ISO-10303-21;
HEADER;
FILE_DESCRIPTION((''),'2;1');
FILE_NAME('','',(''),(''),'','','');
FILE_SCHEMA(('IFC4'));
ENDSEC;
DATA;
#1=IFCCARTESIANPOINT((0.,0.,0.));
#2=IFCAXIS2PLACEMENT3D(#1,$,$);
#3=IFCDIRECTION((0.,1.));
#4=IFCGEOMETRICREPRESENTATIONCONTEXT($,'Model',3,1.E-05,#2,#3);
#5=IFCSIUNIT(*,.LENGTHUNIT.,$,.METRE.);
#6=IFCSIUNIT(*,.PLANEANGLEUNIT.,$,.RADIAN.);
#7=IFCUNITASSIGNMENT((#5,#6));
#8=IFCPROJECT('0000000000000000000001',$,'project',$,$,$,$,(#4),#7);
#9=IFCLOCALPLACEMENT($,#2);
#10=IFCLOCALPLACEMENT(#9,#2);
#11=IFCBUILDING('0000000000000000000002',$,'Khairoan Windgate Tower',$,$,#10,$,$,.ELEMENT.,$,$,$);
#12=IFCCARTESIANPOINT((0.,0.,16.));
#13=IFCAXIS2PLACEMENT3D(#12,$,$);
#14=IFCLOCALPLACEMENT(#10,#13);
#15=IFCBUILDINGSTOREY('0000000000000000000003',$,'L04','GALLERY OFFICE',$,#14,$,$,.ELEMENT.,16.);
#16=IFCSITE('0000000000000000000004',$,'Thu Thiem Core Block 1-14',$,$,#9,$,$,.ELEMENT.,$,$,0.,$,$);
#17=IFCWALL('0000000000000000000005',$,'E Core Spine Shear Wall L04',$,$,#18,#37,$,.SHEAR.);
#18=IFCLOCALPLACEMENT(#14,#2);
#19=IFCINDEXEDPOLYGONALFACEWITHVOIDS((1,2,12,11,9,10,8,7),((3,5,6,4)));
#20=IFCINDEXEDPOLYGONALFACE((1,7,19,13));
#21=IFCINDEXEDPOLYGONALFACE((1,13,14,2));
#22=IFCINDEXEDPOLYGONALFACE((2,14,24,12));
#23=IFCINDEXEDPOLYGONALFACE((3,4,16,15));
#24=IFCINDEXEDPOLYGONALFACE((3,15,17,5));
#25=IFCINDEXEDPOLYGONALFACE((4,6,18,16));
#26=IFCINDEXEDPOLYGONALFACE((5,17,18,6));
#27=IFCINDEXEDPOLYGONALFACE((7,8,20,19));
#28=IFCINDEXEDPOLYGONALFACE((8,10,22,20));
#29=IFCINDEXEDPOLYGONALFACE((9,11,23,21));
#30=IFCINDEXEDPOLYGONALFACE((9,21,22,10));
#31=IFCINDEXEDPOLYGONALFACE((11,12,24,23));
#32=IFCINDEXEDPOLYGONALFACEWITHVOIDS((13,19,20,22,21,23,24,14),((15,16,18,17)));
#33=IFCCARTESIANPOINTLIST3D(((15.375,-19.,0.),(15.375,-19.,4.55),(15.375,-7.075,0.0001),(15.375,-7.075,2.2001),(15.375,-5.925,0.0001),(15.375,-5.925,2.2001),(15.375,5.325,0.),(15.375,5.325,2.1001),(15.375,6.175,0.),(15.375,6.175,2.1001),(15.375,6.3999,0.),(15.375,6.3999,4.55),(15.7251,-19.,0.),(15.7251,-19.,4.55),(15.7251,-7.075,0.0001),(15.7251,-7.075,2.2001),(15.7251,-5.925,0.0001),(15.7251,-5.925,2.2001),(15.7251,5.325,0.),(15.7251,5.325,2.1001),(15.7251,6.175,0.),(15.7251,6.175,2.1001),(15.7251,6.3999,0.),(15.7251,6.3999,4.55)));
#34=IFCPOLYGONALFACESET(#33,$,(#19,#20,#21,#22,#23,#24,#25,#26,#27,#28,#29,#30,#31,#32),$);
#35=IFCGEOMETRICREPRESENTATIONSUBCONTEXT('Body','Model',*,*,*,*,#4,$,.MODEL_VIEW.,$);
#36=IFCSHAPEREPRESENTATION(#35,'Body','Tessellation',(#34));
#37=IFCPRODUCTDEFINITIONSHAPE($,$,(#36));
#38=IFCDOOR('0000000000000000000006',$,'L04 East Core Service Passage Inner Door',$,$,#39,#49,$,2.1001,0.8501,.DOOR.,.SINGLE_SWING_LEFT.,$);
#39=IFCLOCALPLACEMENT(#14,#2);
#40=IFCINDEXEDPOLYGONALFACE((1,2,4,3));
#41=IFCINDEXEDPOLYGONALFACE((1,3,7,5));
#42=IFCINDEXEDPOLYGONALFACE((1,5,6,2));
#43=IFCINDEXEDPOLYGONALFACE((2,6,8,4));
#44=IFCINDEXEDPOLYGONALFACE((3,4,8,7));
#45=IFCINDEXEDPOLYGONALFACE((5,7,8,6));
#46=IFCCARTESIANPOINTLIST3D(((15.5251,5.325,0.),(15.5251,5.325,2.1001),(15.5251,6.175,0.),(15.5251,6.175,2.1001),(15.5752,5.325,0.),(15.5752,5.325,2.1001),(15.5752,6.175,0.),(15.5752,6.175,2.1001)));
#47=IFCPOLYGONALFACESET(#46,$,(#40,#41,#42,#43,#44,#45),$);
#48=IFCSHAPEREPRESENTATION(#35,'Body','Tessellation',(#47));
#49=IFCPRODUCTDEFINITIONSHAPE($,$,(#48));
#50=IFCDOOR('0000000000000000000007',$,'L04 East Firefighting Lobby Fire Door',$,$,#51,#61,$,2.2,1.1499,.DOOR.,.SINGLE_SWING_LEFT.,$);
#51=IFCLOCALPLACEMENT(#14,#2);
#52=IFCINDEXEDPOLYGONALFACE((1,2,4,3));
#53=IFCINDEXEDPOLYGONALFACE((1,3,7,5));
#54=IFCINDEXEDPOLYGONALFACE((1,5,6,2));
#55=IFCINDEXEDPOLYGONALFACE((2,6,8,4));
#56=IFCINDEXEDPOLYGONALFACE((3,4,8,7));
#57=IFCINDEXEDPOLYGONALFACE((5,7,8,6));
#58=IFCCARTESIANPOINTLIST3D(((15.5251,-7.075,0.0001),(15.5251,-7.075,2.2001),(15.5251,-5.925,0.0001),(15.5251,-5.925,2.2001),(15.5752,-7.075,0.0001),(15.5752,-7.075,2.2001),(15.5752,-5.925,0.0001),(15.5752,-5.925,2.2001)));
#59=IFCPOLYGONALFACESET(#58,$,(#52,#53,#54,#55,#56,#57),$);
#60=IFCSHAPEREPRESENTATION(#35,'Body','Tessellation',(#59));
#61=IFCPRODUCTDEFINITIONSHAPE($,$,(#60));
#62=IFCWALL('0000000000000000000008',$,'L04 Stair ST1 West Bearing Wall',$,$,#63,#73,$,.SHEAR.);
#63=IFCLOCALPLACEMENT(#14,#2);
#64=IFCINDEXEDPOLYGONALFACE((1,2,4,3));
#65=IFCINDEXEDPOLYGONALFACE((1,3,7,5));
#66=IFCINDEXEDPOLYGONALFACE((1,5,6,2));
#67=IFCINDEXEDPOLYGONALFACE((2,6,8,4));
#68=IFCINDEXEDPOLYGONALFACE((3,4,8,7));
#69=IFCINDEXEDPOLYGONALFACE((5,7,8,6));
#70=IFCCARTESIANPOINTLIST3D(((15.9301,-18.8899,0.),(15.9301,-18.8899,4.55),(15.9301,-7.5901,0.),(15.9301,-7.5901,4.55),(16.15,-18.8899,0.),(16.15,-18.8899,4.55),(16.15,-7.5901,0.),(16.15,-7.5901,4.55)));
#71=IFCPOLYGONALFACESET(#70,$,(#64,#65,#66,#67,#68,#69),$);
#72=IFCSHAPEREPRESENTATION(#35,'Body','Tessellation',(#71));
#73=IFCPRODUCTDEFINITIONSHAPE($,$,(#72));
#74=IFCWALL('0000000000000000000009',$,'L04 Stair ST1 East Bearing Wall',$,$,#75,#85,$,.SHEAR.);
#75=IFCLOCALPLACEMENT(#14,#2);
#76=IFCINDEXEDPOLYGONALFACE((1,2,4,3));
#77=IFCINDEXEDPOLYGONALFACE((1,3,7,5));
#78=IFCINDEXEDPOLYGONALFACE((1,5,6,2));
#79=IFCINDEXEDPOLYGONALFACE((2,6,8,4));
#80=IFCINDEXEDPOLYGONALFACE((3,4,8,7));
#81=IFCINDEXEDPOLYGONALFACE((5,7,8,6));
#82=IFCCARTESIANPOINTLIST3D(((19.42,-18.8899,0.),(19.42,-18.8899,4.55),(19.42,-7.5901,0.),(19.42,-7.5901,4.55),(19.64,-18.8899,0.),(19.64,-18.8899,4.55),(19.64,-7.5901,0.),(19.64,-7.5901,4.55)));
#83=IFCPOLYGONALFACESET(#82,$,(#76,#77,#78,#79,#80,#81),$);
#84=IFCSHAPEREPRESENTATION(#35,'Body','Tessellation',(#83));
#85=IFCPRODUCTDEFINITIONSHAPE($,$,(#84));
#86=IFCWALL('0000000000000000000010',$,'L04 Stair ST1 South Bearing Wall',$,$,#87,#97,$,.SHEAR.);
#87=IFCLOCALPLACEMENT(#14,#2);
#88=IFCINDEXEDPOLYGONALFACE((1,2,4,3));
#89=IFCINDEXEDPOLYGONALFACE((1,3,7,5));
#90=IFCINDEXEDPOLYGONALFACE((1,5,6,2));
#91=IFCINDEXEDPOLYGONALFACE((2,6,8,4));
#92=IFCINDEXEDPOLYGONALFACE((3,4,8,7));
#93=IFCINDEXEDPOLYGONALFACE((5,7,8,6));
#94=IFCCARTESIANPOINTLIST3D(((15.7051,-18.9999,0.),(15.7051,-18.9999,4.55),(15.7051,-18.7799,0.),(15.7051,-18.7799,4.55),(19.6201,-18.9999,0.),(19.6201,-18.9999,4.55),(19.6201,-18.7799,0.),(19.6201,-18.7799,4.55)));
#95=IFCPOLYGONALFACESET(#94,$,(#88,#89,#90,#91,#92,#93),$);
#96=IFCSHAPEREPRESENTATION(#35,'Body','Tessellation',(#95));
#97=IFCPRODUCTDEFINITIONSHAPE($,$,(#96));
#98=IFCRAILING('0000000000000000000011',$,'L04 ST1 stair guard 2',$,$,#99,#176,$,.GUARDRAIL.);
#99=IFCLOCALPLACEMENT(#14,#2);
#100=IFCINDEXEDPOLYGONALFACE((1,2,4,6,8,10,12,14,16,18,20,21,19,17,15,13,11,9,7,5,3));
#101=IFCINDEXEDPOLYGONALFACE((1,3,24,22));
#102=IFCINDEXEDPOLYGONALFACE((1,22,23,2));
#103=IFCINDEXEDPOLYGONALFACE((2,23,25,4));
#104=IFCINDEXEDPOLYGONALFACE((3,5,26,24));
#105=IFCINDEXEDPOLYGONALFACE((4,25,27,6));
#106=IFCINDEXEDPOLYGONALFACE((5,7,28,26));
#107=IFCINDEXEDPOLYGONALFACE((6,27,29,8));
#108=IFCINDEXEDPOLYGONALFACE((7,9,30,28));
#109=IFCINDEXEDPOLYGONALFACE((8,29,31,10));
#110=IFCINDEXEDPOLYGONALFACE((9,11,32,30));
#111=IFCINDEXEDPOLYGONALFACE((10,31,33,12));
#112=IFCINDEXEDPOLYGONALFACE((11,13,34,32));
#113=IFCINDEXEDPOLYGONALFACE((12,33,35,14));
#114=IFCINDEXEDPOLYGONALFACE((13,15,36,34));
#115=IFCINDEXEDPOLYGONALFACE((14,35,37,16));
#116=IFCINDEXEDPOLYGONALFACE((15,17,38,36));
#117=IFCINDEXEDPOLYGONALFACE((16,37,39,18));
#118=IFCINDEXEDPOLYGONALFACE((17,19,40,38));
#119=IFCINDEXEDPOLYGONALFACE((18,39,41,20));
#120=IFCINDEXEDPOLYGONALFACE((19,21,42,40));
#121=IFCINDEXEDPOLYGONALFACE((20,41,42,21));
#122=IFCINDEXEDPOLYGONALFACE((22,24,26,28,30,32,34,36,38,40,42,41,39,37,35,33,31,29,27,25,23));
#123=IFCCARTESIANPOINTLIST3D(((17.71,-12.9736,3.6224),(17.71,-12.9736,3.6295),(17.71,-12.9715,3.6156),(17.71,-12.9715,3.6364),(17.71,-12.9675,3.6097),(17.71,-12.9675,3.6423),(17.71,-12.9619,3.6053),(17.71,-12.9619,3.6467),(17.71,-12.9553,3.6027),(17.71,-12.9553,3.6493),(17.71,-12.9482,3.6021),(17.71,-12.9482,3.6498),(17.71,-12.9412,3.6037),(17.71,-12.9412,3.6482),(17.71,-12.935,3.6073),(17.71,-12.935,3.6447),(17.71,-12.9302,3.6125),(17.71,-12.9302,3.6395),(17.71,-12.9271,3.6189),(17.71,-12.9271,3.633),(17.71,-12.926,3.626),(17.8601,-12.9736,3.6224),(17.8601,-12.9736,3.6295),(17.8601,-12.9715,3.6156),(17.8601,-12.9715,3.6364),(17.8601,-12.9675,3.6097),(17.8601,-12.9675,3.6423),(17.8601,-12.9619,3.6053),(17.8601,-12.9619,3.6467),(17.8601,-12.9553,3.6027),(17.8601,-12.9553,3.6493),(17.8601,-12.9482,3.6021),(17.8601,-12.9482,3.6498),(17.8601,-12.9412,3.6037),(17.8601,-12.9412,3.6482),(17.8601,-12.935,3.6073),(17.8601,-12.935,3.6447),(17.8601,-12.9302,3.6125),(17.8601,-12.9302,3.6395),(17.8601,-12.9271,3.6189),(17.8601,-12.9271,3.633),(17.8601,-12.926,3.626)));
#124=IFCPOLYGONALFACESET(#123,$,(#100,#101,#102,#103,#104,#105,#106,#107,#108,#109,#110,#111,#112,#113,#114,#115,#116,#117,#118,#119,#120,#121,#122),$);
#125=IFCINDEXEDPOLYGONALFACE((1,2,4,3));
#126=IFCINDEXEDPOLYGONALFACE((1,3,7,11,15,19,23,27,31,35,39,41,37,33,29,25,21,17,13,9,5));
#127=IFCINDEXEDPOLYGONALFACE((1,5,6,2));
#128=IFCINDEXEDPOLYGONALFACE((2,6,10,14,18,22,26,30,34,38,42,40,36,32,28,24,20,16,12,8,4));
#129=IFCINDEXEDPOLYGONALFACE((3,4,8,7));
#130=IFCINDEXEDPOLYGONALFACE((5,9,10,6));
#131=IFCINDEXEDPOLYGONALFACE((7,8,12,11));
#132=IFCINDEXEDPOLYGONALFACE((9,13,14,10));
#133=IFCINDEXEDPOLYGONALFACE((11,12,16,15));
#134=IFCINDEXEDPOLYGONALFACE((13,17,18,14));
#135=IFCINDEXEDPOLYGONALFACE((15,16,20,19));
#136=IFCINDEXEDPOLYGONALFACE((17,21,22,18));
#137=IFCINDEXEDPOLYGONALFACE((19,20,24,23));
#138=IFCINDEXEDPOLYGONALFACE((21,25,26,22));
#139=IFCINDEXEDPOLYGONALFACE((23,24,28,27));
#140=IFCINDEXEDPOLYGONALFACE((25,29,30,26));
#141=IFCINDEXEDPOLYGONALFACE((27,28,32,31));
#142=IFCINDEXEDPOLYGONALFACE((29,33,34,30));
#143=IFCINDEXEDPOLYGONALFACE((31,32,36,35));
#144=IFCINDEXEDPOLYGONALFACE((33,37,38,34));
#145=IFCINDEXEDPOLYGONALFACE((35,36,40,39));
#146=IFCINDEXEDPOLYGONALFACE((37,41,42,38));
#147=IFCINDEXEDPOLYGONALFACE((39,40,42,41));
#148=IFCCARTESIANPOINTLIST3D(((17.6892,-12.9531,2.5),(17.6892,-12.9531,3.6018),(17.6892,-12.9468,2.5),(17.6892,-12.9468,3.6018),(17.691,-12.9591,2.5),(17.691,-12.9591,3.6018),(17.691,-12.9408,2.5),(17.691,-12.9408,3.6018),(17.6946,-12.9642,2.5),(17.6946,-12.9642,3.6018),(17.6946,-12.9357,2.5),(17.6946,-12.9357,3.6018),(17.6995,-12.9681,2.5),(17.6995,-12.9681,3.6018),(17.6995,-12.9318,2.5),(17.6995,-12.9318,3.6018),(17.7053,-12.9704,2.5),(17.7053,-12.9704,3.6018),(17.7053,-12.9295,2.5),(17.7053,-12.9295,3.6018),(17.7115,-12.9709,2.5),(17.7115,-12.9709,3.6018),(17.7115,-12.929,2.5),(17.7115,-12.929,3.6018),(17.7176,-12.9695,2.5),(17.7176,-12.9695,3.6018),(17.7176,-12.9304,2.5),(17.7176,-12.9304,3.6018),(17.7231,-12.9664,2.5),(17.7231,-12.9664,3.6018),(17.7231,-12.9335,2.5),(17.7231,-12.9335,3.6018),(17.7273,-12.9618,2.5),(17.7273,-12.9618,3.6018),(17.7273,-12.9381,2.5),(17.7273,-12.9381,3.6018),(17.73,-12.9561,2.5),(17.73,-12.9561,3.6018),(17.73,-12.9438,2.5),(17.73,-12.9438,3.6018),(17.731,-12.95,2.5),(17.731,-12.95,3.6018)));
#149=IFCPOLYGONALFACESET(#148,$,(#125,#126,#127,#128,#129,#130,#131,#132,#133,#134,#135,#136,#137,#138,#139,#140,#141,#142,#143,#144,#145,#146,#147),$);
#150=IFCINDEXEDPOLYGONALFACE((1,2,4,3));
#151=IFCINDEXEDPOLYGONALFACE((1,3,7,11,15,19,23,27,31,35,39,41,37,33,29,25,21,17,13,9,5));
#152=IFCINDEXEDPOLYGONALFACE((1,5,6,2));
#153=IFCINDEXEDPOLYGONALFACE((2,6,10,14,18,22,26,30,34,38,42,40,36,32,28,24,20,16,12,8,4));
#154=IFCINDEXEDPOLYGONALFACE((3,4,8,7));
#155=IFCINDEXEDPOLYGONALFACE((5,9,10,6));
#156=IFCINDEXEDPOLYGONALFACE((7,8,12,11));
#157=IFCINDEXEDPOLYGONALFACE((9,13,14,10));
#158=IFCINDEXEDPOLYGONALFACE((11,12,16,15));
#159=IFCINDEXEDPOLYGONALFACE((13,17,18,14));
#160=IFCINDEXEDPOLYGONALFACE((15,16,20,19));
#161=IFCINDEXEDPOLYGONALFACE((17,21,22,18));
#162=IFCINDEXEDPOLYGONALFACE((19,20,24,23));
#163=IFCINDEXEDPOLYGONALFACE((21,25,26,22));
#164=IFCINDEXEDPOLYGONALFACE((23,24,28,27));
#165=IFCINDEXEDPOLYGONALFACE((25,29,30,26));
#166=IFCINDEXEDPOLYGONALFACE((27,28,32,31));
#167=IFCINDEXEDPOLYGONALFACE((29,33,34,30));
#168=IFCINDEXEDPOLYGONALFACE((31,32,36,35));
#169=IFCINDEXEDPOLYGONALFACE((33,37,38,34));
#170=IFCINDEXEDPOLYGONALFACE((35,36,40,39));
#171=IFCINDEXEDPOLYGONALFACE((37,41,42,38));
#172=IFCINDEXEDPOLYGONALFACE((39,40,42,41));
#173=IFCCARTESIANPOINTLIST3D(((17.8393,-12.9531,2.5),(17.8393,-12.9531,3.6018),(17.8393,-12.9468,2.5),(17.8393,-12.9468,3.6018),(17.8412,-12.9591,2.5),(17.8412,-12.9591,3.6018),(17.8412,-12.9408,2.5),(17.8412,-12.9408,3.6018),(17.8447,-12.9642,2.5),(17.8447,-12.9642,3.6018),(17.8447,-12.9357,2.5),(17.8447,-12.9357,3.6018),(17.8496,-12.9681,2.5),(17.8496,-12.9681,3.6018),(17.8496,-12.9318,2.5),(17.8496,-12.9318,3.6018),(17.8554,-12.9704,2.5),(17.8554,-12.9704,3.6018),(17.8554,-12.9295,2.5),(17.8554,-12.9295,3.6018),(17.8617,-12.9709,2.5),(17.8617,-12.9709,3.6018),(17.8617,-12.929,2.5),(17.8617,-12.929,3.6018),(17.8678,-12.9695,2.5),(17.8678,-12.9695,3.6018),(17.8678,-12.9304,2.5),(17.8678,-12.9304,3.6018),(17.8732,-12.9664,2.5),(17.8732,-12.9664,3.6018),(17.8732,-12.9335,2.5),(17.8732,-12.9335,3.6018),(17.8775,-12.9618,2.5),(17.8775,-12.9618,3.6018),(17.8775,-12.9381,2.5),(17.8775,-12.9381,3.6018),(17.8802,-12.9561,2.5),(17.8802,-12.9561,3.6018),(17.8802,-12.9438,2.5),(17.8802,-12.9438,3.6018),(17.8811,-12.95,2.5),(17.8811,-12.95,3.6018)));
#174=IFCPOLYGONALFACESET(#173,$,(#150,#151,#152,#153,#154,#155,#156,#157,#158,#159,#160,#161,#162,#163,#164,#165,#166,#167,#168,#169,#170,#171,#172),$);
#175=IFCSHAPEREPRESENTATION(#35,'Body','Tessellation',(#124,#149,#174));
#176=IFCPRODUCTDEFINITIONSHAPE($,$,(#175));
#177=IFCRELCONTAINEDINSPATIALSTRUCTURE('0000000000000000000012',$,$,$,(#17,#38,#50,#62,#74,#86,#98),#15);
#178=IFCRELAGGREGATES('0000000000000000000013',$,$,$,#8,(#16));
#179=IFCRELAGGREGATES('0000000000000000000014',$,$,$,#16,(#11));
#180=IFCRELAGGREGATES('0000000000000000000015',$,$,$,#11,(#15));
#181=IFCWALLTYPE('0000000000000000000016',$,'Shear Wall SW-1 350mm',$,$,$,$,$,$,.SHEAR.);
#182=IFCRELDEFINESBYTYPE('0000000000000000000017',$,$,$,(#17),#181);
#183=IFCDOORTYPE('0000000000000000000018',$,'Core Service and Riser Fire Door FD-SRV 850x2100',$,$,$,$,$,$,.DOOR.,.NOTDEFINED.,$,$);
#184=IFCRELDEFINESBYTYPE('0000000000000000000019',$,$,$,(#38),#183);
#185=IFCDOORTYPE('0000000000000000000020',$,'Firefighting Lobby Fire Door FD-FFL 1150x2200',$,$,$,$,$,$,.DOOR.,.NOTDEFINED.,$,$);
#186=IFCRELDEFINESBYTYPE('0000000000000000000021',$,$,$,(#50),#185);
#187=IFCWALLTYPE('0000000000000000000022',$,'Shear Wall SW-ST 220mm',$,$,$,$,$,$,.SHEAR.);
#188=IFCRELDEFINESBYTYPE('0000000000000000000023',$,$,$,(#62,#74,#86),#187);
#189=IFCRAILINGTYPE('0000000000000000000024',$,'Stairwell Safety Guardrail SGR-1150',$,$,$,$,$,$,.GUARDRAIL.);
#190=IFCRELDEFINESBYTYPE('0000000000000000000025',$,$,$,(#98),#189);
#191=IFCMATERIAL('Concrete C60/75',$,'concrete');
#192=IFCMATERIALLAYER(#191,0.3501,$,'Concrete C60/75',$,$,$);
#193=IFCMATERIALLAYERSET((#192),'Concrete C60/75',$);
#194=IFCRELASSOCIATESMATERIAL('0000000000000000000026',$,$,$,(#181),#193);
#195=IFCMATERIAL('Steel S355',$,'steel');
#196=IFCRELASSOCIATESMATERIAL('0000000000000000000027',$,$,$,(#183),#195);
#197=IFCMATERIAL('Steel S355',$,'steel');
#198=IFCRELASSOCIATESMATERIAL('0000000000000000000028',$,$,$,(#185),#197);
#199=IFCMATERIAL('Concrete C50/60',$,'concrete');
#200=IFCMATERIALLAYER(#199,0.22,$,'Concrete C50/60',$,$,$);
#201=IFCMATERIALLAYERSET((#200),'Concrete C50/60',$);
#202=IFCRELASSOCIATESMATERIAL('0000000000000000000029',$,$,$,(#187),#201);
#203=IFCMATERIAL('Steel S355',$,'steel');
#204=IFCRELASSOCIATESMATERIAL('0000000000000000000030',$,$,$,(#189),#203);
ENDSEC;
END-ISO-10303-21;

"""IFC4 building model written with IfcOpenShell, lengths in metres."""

from ifc_helpers import new_model, si_unit, direction, frame, frame_2d, origin, origin_2d, place, context, subcontext, project, spatial, rectangle, circle, extrude, material, layer, layer_set, type_object, element, fill, save


model = new_model("IFC4")

# Units and contexts
model_context = context("Model", 3, precision=1e-05, world=origin(), true_north=direction((0.0, 1.0)))
body_context = subcontext(model_context, "Body", "Model", "MODEL_VIEW")
ifc_project = project(units=[si_unit("LENGTHUNIT", "METRE"), si_unit("PLANEANGLEUNIT", "RADIAN")], contexts=[model_context])

# Site, building, storey
site_placement = place(None, origin())
site = spatial("IfcSite", under=ifc_project, at=site_placement, Name="Thu Thiem Core Block 1-14", CompositionType="ELEMENT", RefElevation=0.0)
building_placement = place(site_placement, origin())
building = spatial("IfcBuilding", under=site, at=building_placement, Name="Khairoan Windgate Tower", CompositionType="ELEMENT")
storey_placement = place(building_placement, frame((0.0, 0.0, 16.0)))
storey = spatial("IfcBuildingStorey", under=building, at=storey_placement, Name="L04", Description="GALLERY OFFICE", CompositionType="ELEMENT", Elevation=16.0)

# Wall, openings, doors
ifc_material_1 = material(Name="Concrete C60/75", Category="concrete")
ifc_layer_1 = layer(ifc_material_1, 0.3501, Name="Concrete C60/75")
ifc_layer_set_1 = layer_set([ifc_layer_1], Name="Concrete C60/75")
wall_type_1 = type_object("IfcWallType", Name="Shear Wall SW-1 350mm", PredefinedType="SHEAR", material=ifc_layer_set_1)
wall_1_placement = place(storey_placement, frame((15.55, -19.0, 0.0), z_axis=(0.0, 0.0, 1.0), x_axis=(0.0, 1.0, 0.0)))
wall_1 = element("IfcWall", 1, at=wall_1_placement, inside=storey, type_object=wall_type_1, Name="E Core Spine Shear Wall L04", PredefinedType="SHEAR", context=body_context, shape_type="SweptSolid", body=[
    extrude(rectangle(XDim=25.3999, YDim=0.3501, at=frame_2d((12.7, 0.0))), origin(), (0.0, 0.0, 1.0), 4.55),
])
opening_1_placement = place(wall_1_placement, frame((11.925, 0.0, 0.0)))
opening_1 = element("IfcOpeningElement", 2, at=opening_1_placement, cuts=wall_1, PredefinedType="OPENING", context=body_context, shape_type="SweptSolid", body=[
    extrude(rectangle(XDim=1.1499, YDim=2.2, at=frame_2d((0.575, 1.1001))), frame((0.0, 0.1851, 0.0), z_axis=(0.0, -1.0, 0.0), x_axis=(1.0, 0.0, 0.0)), (0.0, 0.0, 1.0), 0.3701),
])
opening_2_placement = place(wall_1_placement, frame((24.325, 0.0, 0.0)))
opening_2 = element("IfcOpeningElement", 3, at=opening_2_placement, cuts=wall_1, PredefinedType="OPENING", context=body_context, shape_type="SweptSolid", body=[
    extrude(rectangle(XDim=0.8501, YDim=2.1001, at=frame_2d((0.425, 1.05))), frame((0.0, 0.1851, 0.0), z_axis=(0.0, -1.0, 0.0), x_axis=(1.0, 0.0, 0.0)), (0.0, 0.0, 1.0), 0.3701),
])
ifc_material_2 = material(Name="Steel S355", Category="steel")
door_type_1 = type_object("IfcDoorType", Name="Core Service and Riser Fire Door FD-SRV 850x2100", OperationType="NOTDEFINED", PredefinedType="DOOR", material=ifc_material_2)
door_1_placement = place(opening_2_placement, origin())
door_1 = element("IfcDoor", 4, at=door_1_placement, inside=storey, type_object=door_type_1, Name="L04 East Core Service Passage Inner Door", OperationType="SINGLE_SWING_LEFT", OverallHeight=2.1001, OverallWidth=0.8501, PredefinedType="DOOR", context=body_context, shape_type="SweptSolid", body=[
    extrude(rectangle(XDim=0.8501, YDim=2.1001, at=frame_2d((0.425, 1.05))), frame((0.0, 0.0249, 0.0), z_axis=(0.0, -1.0, 0.0), x_axis=(1.0, 0.0, 0.0)), (0.0, 0.0, 1.0), 0.05),
])
fill(opening_2, door_1)
ifc_material_3 = material(Name="Steel S355", Category="steel")
door_type_2 = type_object("IfcDoorType", Name="Firefighting Lobby Fire Door FD-FFL 1150x2200", OperationType="NOTDEFINED", PredefinedType="DOOR", material=ifc_material_3)
door_2_placement = place(opening_1_placement, origin())
door_2 = element("IfcDoor", 5, at=door_2_placement, inside=storey, type_object=door_type_2, Name="L04 East Firefighting Lobby Fire Door", OperationType="SINGLE_SWING_LEFT", OverallHeight=2.2, OverallWidth=1.1499, PredefinedType="DOOR", context=body_context, shape_type="SweptSolid", body=[
    extrude(rectangle(XDim=1.1499, YDim=2.2, at=frame_2d((0.575, 1.1001))), frame((0.0, 0.0249, 0.0), z_axis=(0.0, -1.0, 0.0), x_axis=(1.0, 0.0, 0.0)), (0.0, 0.0, 1.0), 0.05),
])
fill(opening_1, door_2)

# Walls
ifc_material_4 = material(Name="Concrete C50/60", Category="concrete")
ifc_layer_2 = layer(ifc_material_4, 0.22, Name="Concrete C50/60")
ifc_layer_set_2 = layer_set([ifc_layer_2], Name="Concrete C50/60")
wall_type_2 = type_object("IfcWallType", Name="Shear Wall SW-ST 220mm", PredefinedType="SHEAR", material=ifc_layer_set_2)
for number, where, z_axis, x_axis, name in (
    (6, (16.04, -18.8899, 0.0), (0.0, 0.0, 1.0), (0.0, 1.0, 0.0), "L04 Stair ST1 West Bearing Wall"),
    (7, (19.53, -18.8899, 0.0), (0.0, 0.0, 1.0), (0.0, 1.0, 0.0), "L04 Stair ST1 East Bearing Wall"),
):
    element("IfcWall", number, at=place(storey_placement, frame(where, z_axis=z_axis, x_axis=x_axis)), inside=storey, type_object=wall_type_2, Name=name, PredefinedType="SHEAR", context=body_context, shape_type="SweptSolid", body=[
        extrude(rectangle(XDim=11.2998, YDim=0.22, at=frame_2d((5.6499, 0.0))), origin(), (0.0, 0.0, 1.0), 4.55),
    ])
wall_2_placement = place(storey_placement, frame((15.7051, -18.8899, 0.0), z_axis=(0.0, 0.0, 1.0), x_axis=(1.0, 0.0, 0.0)))
element("IfcWall", 8, at=wall_2_placement, inside=storey, type_object=wall_type_2, Name="L04 Stair ST1 South Bearing Wall", PredefinedType="SHEAR", context=body_context, shape_type="SweptSolid", body=[
    extrude(rectangle(XDim=3.915, YDim=0.22, at=frame_2d((1.9575, 0.0))), origin(), (0.0, 0.0, 1.0), 4.55),
])

# Railing
ifc_material_5 = material(Name="Steel S355", Category="steel")
railing_type = type_object("IfcRailingType", Name="Stairwell Safety Guardrail SGR-1150", PredefinedType="GUARDRAIL", material=ifc_material_5)
railing_1_placement = place(storey_placement, frame((17.71, -12.95, 2.5)))
element("IfcRailing", 9, at=railing_1_placement, inside=storey, type_object=railing_type, Name="L04 ST1 stair guard 2", PredefinedType="GUARDRAIL", context=body_context, shape_type="SweptSolid", body=[
    extrude(circle(Radius=0.0239, at=origin_2d()), frame((0.0, 0.0, 1.126), z_axis=(1.0, 0.0, 0.0), x_axis=(0.0, 1.0, 0.0)), (0.0, 0.0, 1.0), 0.1501),
    extrude(circle(Radius=0.021, at=origin_2d()), origin(), (0.0, 0.0, 1.0), 1.1018),
    extrude(circle(Radius=0.021, at=origin_2d()), frame((0.1501, 0.0, 0.0)), (0.0, 0.0, 1.0), 1.1018),
])

save(model, "model.ifc")
